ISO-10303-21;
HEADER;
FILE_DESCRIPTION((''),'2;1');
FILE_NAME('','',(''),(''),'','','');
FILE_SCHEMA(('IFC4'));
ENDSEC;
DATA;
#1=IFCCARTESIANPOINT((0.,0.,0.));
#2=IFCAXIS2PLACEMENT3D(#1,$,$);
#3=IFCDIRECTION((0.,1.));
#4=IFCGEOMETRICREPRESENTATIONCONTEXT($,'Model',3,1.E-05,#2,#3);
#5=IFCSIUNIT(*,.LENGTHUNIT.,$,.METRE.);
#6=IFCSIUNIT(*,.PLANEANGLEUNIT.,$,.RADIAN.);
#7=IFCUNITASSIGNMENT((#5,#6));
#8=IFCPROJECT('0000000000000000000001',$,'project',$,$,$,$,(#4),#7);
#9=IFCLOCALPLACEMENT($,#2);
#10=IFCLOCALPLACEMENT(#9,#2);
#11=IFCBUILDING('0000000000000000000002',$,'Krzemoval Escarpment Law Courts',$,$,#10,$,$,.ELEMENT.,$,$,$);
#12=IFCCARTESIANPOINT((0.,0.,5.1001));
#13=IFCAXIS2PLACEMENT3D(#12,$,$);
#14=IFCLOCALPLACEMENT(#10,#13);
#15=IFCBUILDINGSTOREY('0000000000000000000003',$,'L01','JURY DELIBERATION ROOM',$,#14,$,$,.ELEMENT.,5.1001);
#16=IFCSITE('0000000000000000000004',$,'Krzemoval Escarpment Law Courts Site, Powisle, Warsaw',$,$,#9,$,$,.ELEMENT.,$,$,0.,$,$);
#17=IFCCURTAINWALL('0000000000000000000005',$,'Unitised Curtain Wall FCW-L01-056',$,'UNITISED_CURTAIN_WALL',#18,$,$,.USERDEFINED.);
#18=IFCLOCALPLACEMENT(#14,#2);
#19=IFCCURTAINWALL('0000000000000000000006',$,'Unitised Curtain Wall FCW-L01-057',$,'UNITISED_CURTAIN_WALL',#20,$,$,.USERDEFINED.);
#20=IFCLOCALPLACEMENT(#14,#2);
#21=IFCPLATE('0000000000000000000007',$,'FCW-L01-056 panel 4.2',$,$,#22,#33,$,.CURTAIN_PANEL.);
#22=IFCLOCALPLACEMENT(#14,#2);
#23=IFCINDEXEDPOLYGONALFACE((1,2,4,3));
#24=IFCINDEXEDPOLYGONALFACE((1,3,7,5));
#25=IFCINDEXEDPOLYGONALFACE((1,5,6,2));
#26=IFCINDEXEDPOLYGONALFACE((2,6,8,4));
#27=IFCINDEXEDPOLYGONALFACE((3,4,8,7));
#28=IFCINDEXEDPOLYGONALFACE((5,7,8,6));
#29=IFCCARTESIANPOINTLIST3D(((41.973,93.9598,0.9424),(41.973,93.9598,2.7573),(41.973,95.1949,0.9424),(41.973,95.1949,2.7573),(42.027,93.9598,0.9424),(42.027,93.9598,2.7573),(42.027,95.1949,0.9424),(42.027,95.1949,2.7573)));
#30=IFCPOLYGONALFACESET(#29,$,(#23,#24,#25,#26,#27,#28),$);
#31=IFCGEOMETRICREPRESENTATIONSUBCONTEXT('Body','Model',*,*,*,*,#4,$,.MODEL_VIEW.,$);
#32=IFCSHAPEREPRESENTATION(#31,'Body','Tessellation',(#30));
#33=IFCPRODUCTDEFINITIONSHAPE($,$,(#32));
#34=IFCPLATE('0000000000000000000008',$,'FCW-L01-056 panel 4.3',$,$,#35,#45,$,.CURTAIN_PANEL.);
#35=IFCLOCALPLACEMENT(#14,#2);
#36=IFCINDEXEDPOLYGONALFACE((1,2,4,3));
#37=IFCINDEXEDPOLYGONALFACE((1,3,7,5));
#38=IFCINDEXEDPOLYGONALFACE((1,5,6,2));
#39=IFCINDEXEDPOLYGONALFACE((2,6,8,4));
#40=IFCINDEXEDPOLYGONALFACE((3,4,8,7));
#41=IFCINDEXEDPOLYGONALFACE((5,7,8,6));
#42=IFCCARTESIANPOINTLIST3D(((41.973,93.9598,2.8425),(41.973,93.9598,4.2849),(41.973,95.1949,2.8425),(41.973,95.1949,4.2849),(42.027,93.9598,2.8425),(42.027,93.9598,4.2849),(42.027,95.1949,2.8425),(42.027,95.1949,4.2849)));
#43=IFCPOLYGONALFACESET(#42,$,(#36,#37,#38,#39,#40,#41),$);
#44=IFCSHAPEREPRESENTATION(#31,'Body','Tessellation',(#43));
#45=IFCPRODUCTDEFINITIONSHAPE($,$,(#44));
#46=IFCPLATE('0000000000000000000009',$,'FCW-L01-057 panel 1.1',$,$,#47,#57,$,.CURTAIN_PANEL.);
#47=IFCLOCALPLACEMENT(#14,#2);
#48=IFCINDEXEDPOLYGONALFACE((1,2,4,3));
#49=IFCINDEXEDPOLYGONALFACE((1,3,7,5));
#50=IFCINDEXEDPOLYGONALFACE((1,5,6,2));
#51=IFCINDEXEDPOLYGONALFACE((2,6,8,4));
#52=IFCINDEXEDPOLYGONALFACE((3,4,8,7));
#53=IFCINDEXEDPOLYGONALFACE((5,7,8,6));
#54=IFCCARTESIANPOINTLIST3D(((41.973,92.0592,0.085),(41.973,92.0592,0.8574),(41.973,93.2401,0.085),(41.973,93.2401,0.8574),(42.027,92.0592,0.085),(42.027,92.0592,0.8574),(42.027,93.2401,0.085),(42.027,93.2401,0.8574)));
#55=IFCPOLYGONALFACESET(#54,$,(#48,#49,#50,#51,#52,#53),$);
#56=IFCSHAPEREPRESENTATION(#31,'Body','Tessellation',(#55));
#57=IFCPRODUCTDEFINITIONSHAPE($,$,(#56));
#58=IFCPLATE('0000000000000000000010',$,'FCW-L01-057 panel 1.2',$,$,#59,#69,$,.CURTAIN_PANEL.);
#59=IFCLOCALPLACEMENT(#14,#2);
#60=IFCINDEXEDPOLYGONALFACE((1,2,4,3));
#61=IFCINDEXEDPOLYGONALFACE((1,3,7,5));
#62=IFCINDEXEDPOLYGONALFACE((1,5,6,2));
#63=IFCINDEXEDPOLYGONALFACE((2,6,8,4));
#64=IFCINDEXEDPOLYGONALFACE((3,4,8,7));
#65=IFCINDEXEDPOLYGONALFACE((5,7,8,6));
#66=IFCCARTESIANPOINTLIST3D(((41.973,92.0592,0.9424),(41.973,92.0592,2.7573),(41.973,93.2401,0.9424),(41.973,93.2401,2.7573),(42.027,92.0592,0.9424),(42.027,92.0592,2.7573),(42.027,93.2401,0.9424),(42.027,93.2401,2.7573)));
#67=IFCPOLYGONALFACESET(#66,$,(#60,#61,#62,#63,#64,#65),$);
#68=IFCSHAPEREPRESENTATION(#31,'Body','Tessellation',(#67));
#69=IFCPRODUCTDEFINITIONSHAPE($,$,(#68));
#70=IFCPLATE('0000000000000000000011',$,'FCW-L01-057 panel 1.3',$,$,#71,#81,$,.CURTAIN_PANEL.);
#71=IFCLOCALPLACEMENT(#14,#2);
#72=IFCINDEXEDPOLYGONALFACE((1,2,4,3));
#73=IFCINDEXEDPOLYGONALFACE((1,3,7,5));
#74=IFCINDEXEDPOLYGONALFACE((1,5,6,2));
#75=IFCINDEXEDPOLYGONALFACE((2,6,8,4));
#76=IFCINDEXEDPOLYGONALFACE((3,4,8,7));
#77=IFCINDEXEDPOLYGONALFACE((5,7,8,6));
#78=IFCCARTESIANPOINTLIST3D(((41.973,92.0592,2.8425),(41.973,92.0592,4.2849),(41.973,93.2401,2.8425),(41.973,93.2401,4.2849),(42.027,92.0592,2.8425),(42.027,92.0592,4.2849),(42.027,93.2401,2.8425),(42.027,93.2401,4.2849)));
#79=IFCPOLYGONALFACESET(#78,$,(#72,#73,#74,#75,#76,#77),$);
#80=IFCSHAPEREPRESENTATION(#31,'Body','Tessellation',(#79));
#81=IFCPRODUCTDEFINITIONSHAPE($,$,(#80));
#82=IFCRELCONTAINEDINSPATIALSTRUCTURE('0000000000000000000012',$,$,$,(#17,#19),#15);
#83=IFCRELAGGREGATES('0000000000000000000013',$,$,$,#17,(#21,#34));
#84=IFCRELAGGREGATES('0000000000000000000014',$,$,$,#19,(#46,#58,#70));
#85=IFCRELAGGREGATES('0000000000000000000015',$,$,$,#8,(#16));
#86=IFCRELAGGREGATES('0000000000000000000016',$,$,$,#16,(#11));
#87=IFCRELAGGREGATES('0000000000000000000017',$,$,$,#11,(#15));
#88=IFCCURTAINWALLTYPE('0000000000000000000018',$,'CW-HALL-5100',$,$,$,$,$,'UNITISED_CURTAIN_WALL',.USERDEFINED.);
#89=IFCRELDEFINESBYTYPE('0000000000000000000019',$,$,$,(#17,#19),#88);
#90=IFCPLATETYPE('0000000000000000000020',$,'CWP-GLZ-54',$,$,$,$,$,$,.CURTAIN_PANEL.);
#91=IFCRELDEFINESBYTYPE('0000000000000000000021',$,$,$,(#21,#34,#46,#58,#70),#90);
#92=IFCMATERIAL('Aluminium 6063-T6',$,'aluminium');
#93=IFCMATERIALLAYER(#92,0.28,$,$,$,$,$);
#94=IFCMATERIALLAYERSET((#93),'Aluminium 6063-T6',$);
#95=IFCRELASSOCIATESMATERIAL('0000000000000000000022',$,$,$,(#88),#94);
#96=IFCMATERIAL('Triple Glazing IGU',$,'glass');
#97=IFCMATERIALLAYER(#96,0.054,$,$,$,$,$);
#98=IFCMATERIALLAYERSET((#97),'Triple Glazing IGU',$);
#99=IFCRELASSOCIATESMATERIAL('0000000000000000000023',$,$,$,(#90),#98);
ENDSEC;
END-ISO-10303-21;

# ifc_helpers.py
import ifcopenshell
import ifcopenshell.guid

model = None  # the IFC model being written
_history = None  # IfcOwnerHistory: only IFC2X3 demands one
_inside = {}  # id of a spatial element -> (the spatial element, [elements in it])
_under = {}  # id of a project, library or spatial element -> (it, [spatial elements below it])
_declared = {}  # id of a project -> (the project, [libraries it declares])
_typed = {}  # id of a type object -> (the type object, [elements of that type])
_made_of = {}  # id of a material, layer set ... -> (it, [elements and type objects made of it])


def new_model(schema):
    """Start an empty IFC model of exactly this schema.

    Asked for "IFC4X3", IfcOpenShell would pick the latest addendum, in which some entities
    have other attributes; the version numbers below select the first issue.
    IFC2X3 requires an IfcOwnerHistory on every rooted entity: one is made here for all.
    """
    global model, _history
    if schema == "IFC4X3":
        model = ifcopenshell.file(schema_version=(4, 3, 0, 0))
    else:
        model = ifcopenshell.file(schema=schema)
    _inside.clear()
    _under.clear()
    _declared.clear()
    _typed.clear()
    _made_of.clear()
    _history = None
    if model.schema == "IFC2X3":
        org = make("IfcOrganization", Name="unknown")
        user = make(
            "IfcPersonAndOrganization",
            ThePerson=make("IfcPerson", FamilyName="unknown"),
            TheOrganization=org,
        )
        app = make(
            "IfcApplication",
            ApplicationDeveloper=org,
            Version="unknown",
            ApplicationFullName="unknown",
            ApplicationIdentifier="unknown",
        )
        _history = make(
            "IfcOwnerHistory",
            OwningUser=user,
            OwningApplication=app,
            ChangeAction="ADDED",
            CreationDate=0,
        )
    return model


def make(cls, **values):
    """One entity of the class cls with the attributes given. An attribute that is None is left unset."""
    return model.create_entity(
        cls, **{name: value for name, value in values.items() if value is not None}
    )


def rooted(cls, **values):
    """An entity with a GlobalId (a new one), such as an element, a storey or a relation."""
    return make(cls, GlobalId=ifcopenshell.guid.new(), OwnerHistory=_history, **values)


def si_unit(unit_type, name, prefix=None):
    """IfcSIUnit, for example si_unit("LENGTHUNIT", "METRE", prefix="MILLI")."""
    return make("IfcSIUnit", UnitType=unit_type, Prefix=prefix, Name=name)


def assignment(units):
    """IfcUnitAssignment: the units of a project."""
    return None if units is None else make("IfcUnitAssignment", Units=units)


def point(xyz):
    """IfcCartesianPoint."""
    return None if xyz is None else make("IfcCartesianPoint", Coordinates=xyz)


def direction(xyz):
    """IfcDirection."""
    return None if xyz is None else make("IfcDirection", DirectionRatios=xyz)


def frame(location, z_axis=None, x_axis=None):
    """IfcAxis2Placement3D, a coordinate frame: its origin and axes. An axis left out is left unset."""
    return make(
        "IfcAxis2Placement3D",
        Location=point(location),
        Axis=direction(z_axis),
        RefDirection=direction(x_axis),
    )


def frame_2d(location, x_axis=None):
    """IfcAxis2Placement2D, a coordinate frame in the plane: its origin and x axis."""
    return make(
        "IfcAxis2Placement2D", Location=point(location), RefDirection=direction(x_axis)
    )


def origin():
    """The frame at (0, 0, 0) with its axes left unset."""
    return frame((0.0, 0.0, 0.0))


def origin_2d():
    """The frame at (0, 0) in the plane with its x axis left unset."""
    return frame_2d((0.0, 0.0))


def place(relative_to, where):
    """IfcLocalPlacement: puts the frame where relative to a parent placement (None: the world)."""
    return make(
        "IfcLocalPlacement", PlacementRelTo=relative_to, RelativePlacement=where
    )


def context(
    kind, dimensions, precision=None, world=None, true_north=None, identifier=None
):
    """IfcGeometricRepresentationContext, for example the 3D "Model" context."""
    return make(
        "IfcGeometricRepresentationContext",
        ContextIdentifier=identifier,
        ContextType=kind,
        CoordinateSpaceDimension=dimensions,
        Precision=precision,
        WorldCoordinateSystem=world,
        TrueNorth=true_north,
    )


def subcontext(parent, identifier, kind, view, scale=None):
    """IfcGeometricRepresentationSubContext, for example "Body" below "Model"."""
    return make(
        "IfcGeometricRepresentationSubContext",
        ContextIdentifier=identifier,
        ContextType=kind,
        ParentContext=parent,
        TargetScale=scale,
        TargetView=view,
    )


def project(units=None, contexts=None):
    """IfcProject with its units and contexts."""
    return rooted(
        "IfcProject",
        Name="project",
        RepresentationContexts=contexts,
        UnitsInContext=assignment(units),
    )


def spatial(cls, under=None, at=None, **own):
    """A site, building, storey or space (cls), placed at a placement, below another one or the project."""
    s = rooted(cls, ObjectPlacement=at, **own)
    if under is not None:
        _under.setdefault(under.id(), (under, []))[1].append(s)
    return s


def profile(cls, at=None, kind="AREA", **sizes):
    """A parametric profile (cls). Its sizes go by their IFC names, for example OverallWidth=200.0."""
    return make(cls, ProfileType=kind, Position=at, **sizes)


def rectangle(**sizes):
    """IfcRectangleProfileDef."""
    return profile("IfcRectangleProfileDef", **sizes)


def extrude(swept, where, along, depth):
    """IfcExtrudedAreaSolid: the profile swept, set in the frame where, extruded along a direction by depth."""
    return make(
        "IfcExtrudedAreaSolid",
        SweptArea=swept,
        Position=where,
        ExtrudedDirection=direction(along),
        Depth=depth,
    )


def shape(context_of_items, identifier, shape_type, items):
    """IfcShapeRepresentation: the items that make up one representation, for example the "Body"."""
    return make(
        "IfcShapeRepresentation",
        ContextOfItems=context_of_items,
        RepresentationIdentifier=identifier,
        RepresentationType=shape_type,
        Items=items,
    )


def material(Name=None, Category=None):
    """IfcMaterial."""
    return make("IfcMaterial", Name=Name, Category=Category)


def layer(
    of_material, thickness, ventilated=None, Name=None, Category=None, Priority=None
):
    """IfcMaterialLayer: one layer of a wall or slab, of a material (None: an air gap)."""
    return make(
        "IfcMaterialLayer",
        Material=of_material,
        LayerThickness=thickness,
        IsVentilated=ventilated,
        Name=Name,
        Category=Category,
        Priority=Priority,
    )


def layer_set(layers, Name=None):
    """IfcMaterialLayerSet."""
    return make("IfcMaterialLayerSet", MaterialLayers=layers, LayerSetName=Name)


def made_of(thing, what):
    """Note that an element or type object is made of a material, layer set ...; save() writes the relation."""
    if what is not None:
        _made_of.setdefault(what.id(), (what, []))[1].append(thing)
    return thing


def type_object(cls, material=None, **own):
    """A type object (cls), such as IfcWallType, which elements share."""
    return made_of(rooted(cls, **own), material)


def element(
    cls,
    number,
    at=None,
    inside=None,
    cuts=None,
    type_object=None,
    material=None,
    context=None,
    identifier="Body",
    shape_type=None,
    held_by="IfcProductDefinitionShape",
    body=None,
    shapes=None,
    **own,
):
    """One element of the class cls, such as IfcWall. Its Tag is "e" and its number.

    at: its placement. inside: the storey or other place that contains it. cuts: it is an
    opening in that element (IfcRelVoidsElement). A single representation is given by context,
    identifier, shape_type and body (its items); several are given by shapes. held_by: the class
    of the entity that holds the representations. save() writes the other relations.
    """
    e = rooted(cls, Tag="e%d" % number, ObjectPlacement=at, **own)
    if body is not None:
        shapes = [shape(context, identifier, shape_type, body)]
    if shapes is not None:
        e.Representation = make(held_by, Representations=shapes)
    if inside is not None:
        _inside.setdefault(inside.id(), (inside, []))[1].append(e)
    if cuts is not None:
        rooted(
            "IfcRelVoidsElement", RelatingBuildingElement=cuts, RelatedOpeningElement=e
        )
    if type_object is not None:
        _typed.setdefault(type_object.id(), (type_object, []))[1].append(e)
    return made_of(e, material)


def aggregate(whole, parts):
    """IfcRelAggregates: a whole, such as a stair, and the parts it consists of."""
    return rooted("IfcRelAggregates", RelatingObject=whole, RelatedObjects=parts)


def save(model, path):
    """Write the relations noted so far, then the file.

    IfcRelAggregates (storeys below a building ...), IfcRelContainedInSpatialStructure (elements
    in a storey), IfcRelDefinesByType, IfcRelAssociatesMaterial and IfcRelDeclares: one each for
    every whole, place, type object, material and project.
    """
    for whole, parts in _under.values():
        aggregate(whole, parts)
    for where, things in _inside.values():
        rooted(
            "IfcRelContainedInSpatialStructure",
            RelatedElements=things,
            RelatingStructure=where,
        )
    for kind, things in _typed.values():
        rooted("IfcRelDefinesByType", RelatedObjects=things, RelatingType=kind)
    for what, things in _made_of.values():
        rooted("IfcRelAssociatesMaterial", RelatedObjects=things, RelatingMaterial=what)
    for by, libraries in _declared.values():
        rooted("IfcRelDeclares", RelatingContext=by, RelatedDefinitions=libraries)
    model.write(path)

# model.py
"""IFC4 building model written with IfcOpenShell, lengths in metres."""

from ifc_helpers import new_model, si_unit, direction, frame, origin, origin_2d, place, context, subcontext, project, spatial, rectangle, extrude, material, layer, layer_set, type_object, element, aggregate, save


model = new_model("IFC4")

# Units and contexts
model_context = context("Model", 3, precision=1e-05, world=origin(), true_north=direction((0.0, 1.0)))
body_context = subcontext(model_context, "Body", "Model", "MODEL_VIEW")
ifc_project = project(units=[si_unit("LENGTHUNIT", "METRE"), si_unit("PLANEANGLEUNIT", "RADIAN")], contexts=[model_context])

# Site, building, storey
site_placement = place(None, origin())
site = spatial("IfcSite", under=ifc_project, at=site_placement, Name="Krzemoval Escarpment Law Courts Site, Powisle, Warsaw", CompositionType="ELEMENT", RefElevation=0.0)
building_placement = place(site_placement, origin())
building = spatial("IfcBuilding", under=site, at=building_placement, Name="Krzemoval Escarpment Law Courts", CompositionType="ELEMENT")
storey_placement = place(building_placement, frame((0.0, 0.0, 5.1001)))
storey = spatial("IfcBuildingStorey", under=building, at=storey_placement, Name="L01", Description="JURY DELIBERATION ROOM", CompositionType="ELEMENT", Elevation=5.1001)

# Curtain wall
ifc_material_1 = material(Name="Aluminium 6063-T6", Category="aluminium")
ifc_layer_1 = layer(ifc_material_1, 0.28)
ifc_layer_set_1 = layer_set([ifc_layer_1], Name="Aluminium 6063-T6")
curtain_wall_type = type_object("IfcCurtainWallType", Name="CW-HALL-5100", ElementType="UNITISED_CURTAIN_WALL", PredefinedType="USERDEFINED", material=ifc_layer_set_1)
curtain_wall_1_placement = place(storey_placement, origin())
curtain_wall_1 = element("IfcCurtainWall", 1, at=curtain_wall_1_placement, inside=storey, type_object=curtain_wall_type, Name="Unitised Curtain Wall FCW-L01-056", ObjectType="UNITISED_CURTAIN_WALL", PredefinedType="USERDEFINED")

# Curtain wall
curtain_wall_2_placement = place(storey_placement, origin())
curtain_wall_2 = element("IfcCurtainWall", 2, at=curtain_wall_2_placement, inside=storey, type_object=curtain_wall_type, Name="Unitised Curtain Wall FCW-L01-057", ObjectType="UNITISED_CURTAIN_WALL", PredefinedType="USERDEFINED")

# Plates
ifc_material_2 = material(Name="Triple Glazing IGU", Category="glass")
ifc_layer_2 = layer(ifc_material_2, 0.054)
ifc_layer_set_2 = layer_set([ifc_layer_2], Name="Triple Glazing IGU")
plate_type = type_object("IfcPlateType", Name="CWP-GLZ-54", PredefinedType="CURTAIN_PANEL", material=ifc_layer_set_2)
plate_1_placement = place(storey_placement, frame((42.0, 94.5774, 0.9424), z_axis=(0.0, 0.0, 1.0), x_axis=(0.0, -1.0, 0.0)))
plate_1 = element("IfcPlate", 3, at=plate_1_placement, type_object=plate_type, Name="FCW-L01-056 panel 4.2", PredefinedType="CURTAIN_PANEL", context=body_context, shape_type="SweptSolid", body=[
    extrude(rectangle(XDim=1.2351, YDim=0.054, at=origin_2d()), origin(), (0.0, 0.0, 1.0), 1.8149),
])
plate_2_placement = place(storey_placement, frame((42.0, 94.5774, 2.8425), z_axis=(0.0, 0.0, 1.0), x_axis=(0.0, -1.0, 0.0)))
plate_2 = element("IfcPlate", 4, at=plate_2_placement, type_object=plate_type, Name="FCW-L01-056 panel 4.3", PredefinedType="CURTAIN_PANEL", context=body_context, shape_type="SweptSolid", body=[
    extrude(rectangle(XDim=1.2351, YDim=0.054, at=origin_2d()), origin(), (0.0, 0.0, 1.0), 1.4424),
])
aggregate(curtain_wall_1, [plate_1, plate_2])
plate_3_placement = place(storey_placement, frame((42.0, 92.6497, 0.085), z_axis=(0.0, 0.0, 1.0), x_axis=(0.0, -1.0, 0.0)))
plate_3 = element("IfcPlate", 5, at=plate_3_placement, type_object=plate_type, Name="FCW-L01-057 panel 1.1", PredefinedType="CURTAIN_PANEL", context=body_context, shape_type="SweptSolid", body=[
    extrude(rectangle(XDim=1.1809, YDim=0.054, at=origin_2d()), origin(), (0.0, 0.0, 1.0), 0.7725),
])
plate_4_placement = place(storey_placement, frame((42.0, 92.6497, 0.9424), z_axis=(0.0, 0.0, 1.0), x_axis=(0.0, -1.0, 0.0)))
plate_4 = element("IfcPlate", 6, at=plate_4_placement, type_object=plate_type, Name="FCW-L01-057 panel 1.2", PredefinedType="CURTAIN_PANEL", context=body_context, shape_type="SweptSolid", body=[
    extrude(rectangle(XDim=1.1809, YDim=0.054, at=origin_2d()), origin(), (0.0, 0.0, 1.0), 1.8149),
])
plate_5_placement = place(storey_placement, frame((42.0, 92.6497, 2.8425), z_axis=(0.0, 0.0, 1.0), x_axis=(0.0, -1.0, 0.0)))
plate_5 = element("IfcPlate", 7, at=plate_5_placement, type_object=plate_type, Name="FCW-L01-057 panel 1.3", PredefinedType="CURTAIN_PANEL", context=body_context, shape_type="SweptSolid", body=[
    extrude(rectangle(XDim=1.1809, YDim=0.054, at=origin_2d()), origin(), (0.0, 0.0, 1.0), 1.4424),
])
aggregate(curtain_wall_2, [plate_3, plate_4, plate_5])

save(model, "model.ifc")
